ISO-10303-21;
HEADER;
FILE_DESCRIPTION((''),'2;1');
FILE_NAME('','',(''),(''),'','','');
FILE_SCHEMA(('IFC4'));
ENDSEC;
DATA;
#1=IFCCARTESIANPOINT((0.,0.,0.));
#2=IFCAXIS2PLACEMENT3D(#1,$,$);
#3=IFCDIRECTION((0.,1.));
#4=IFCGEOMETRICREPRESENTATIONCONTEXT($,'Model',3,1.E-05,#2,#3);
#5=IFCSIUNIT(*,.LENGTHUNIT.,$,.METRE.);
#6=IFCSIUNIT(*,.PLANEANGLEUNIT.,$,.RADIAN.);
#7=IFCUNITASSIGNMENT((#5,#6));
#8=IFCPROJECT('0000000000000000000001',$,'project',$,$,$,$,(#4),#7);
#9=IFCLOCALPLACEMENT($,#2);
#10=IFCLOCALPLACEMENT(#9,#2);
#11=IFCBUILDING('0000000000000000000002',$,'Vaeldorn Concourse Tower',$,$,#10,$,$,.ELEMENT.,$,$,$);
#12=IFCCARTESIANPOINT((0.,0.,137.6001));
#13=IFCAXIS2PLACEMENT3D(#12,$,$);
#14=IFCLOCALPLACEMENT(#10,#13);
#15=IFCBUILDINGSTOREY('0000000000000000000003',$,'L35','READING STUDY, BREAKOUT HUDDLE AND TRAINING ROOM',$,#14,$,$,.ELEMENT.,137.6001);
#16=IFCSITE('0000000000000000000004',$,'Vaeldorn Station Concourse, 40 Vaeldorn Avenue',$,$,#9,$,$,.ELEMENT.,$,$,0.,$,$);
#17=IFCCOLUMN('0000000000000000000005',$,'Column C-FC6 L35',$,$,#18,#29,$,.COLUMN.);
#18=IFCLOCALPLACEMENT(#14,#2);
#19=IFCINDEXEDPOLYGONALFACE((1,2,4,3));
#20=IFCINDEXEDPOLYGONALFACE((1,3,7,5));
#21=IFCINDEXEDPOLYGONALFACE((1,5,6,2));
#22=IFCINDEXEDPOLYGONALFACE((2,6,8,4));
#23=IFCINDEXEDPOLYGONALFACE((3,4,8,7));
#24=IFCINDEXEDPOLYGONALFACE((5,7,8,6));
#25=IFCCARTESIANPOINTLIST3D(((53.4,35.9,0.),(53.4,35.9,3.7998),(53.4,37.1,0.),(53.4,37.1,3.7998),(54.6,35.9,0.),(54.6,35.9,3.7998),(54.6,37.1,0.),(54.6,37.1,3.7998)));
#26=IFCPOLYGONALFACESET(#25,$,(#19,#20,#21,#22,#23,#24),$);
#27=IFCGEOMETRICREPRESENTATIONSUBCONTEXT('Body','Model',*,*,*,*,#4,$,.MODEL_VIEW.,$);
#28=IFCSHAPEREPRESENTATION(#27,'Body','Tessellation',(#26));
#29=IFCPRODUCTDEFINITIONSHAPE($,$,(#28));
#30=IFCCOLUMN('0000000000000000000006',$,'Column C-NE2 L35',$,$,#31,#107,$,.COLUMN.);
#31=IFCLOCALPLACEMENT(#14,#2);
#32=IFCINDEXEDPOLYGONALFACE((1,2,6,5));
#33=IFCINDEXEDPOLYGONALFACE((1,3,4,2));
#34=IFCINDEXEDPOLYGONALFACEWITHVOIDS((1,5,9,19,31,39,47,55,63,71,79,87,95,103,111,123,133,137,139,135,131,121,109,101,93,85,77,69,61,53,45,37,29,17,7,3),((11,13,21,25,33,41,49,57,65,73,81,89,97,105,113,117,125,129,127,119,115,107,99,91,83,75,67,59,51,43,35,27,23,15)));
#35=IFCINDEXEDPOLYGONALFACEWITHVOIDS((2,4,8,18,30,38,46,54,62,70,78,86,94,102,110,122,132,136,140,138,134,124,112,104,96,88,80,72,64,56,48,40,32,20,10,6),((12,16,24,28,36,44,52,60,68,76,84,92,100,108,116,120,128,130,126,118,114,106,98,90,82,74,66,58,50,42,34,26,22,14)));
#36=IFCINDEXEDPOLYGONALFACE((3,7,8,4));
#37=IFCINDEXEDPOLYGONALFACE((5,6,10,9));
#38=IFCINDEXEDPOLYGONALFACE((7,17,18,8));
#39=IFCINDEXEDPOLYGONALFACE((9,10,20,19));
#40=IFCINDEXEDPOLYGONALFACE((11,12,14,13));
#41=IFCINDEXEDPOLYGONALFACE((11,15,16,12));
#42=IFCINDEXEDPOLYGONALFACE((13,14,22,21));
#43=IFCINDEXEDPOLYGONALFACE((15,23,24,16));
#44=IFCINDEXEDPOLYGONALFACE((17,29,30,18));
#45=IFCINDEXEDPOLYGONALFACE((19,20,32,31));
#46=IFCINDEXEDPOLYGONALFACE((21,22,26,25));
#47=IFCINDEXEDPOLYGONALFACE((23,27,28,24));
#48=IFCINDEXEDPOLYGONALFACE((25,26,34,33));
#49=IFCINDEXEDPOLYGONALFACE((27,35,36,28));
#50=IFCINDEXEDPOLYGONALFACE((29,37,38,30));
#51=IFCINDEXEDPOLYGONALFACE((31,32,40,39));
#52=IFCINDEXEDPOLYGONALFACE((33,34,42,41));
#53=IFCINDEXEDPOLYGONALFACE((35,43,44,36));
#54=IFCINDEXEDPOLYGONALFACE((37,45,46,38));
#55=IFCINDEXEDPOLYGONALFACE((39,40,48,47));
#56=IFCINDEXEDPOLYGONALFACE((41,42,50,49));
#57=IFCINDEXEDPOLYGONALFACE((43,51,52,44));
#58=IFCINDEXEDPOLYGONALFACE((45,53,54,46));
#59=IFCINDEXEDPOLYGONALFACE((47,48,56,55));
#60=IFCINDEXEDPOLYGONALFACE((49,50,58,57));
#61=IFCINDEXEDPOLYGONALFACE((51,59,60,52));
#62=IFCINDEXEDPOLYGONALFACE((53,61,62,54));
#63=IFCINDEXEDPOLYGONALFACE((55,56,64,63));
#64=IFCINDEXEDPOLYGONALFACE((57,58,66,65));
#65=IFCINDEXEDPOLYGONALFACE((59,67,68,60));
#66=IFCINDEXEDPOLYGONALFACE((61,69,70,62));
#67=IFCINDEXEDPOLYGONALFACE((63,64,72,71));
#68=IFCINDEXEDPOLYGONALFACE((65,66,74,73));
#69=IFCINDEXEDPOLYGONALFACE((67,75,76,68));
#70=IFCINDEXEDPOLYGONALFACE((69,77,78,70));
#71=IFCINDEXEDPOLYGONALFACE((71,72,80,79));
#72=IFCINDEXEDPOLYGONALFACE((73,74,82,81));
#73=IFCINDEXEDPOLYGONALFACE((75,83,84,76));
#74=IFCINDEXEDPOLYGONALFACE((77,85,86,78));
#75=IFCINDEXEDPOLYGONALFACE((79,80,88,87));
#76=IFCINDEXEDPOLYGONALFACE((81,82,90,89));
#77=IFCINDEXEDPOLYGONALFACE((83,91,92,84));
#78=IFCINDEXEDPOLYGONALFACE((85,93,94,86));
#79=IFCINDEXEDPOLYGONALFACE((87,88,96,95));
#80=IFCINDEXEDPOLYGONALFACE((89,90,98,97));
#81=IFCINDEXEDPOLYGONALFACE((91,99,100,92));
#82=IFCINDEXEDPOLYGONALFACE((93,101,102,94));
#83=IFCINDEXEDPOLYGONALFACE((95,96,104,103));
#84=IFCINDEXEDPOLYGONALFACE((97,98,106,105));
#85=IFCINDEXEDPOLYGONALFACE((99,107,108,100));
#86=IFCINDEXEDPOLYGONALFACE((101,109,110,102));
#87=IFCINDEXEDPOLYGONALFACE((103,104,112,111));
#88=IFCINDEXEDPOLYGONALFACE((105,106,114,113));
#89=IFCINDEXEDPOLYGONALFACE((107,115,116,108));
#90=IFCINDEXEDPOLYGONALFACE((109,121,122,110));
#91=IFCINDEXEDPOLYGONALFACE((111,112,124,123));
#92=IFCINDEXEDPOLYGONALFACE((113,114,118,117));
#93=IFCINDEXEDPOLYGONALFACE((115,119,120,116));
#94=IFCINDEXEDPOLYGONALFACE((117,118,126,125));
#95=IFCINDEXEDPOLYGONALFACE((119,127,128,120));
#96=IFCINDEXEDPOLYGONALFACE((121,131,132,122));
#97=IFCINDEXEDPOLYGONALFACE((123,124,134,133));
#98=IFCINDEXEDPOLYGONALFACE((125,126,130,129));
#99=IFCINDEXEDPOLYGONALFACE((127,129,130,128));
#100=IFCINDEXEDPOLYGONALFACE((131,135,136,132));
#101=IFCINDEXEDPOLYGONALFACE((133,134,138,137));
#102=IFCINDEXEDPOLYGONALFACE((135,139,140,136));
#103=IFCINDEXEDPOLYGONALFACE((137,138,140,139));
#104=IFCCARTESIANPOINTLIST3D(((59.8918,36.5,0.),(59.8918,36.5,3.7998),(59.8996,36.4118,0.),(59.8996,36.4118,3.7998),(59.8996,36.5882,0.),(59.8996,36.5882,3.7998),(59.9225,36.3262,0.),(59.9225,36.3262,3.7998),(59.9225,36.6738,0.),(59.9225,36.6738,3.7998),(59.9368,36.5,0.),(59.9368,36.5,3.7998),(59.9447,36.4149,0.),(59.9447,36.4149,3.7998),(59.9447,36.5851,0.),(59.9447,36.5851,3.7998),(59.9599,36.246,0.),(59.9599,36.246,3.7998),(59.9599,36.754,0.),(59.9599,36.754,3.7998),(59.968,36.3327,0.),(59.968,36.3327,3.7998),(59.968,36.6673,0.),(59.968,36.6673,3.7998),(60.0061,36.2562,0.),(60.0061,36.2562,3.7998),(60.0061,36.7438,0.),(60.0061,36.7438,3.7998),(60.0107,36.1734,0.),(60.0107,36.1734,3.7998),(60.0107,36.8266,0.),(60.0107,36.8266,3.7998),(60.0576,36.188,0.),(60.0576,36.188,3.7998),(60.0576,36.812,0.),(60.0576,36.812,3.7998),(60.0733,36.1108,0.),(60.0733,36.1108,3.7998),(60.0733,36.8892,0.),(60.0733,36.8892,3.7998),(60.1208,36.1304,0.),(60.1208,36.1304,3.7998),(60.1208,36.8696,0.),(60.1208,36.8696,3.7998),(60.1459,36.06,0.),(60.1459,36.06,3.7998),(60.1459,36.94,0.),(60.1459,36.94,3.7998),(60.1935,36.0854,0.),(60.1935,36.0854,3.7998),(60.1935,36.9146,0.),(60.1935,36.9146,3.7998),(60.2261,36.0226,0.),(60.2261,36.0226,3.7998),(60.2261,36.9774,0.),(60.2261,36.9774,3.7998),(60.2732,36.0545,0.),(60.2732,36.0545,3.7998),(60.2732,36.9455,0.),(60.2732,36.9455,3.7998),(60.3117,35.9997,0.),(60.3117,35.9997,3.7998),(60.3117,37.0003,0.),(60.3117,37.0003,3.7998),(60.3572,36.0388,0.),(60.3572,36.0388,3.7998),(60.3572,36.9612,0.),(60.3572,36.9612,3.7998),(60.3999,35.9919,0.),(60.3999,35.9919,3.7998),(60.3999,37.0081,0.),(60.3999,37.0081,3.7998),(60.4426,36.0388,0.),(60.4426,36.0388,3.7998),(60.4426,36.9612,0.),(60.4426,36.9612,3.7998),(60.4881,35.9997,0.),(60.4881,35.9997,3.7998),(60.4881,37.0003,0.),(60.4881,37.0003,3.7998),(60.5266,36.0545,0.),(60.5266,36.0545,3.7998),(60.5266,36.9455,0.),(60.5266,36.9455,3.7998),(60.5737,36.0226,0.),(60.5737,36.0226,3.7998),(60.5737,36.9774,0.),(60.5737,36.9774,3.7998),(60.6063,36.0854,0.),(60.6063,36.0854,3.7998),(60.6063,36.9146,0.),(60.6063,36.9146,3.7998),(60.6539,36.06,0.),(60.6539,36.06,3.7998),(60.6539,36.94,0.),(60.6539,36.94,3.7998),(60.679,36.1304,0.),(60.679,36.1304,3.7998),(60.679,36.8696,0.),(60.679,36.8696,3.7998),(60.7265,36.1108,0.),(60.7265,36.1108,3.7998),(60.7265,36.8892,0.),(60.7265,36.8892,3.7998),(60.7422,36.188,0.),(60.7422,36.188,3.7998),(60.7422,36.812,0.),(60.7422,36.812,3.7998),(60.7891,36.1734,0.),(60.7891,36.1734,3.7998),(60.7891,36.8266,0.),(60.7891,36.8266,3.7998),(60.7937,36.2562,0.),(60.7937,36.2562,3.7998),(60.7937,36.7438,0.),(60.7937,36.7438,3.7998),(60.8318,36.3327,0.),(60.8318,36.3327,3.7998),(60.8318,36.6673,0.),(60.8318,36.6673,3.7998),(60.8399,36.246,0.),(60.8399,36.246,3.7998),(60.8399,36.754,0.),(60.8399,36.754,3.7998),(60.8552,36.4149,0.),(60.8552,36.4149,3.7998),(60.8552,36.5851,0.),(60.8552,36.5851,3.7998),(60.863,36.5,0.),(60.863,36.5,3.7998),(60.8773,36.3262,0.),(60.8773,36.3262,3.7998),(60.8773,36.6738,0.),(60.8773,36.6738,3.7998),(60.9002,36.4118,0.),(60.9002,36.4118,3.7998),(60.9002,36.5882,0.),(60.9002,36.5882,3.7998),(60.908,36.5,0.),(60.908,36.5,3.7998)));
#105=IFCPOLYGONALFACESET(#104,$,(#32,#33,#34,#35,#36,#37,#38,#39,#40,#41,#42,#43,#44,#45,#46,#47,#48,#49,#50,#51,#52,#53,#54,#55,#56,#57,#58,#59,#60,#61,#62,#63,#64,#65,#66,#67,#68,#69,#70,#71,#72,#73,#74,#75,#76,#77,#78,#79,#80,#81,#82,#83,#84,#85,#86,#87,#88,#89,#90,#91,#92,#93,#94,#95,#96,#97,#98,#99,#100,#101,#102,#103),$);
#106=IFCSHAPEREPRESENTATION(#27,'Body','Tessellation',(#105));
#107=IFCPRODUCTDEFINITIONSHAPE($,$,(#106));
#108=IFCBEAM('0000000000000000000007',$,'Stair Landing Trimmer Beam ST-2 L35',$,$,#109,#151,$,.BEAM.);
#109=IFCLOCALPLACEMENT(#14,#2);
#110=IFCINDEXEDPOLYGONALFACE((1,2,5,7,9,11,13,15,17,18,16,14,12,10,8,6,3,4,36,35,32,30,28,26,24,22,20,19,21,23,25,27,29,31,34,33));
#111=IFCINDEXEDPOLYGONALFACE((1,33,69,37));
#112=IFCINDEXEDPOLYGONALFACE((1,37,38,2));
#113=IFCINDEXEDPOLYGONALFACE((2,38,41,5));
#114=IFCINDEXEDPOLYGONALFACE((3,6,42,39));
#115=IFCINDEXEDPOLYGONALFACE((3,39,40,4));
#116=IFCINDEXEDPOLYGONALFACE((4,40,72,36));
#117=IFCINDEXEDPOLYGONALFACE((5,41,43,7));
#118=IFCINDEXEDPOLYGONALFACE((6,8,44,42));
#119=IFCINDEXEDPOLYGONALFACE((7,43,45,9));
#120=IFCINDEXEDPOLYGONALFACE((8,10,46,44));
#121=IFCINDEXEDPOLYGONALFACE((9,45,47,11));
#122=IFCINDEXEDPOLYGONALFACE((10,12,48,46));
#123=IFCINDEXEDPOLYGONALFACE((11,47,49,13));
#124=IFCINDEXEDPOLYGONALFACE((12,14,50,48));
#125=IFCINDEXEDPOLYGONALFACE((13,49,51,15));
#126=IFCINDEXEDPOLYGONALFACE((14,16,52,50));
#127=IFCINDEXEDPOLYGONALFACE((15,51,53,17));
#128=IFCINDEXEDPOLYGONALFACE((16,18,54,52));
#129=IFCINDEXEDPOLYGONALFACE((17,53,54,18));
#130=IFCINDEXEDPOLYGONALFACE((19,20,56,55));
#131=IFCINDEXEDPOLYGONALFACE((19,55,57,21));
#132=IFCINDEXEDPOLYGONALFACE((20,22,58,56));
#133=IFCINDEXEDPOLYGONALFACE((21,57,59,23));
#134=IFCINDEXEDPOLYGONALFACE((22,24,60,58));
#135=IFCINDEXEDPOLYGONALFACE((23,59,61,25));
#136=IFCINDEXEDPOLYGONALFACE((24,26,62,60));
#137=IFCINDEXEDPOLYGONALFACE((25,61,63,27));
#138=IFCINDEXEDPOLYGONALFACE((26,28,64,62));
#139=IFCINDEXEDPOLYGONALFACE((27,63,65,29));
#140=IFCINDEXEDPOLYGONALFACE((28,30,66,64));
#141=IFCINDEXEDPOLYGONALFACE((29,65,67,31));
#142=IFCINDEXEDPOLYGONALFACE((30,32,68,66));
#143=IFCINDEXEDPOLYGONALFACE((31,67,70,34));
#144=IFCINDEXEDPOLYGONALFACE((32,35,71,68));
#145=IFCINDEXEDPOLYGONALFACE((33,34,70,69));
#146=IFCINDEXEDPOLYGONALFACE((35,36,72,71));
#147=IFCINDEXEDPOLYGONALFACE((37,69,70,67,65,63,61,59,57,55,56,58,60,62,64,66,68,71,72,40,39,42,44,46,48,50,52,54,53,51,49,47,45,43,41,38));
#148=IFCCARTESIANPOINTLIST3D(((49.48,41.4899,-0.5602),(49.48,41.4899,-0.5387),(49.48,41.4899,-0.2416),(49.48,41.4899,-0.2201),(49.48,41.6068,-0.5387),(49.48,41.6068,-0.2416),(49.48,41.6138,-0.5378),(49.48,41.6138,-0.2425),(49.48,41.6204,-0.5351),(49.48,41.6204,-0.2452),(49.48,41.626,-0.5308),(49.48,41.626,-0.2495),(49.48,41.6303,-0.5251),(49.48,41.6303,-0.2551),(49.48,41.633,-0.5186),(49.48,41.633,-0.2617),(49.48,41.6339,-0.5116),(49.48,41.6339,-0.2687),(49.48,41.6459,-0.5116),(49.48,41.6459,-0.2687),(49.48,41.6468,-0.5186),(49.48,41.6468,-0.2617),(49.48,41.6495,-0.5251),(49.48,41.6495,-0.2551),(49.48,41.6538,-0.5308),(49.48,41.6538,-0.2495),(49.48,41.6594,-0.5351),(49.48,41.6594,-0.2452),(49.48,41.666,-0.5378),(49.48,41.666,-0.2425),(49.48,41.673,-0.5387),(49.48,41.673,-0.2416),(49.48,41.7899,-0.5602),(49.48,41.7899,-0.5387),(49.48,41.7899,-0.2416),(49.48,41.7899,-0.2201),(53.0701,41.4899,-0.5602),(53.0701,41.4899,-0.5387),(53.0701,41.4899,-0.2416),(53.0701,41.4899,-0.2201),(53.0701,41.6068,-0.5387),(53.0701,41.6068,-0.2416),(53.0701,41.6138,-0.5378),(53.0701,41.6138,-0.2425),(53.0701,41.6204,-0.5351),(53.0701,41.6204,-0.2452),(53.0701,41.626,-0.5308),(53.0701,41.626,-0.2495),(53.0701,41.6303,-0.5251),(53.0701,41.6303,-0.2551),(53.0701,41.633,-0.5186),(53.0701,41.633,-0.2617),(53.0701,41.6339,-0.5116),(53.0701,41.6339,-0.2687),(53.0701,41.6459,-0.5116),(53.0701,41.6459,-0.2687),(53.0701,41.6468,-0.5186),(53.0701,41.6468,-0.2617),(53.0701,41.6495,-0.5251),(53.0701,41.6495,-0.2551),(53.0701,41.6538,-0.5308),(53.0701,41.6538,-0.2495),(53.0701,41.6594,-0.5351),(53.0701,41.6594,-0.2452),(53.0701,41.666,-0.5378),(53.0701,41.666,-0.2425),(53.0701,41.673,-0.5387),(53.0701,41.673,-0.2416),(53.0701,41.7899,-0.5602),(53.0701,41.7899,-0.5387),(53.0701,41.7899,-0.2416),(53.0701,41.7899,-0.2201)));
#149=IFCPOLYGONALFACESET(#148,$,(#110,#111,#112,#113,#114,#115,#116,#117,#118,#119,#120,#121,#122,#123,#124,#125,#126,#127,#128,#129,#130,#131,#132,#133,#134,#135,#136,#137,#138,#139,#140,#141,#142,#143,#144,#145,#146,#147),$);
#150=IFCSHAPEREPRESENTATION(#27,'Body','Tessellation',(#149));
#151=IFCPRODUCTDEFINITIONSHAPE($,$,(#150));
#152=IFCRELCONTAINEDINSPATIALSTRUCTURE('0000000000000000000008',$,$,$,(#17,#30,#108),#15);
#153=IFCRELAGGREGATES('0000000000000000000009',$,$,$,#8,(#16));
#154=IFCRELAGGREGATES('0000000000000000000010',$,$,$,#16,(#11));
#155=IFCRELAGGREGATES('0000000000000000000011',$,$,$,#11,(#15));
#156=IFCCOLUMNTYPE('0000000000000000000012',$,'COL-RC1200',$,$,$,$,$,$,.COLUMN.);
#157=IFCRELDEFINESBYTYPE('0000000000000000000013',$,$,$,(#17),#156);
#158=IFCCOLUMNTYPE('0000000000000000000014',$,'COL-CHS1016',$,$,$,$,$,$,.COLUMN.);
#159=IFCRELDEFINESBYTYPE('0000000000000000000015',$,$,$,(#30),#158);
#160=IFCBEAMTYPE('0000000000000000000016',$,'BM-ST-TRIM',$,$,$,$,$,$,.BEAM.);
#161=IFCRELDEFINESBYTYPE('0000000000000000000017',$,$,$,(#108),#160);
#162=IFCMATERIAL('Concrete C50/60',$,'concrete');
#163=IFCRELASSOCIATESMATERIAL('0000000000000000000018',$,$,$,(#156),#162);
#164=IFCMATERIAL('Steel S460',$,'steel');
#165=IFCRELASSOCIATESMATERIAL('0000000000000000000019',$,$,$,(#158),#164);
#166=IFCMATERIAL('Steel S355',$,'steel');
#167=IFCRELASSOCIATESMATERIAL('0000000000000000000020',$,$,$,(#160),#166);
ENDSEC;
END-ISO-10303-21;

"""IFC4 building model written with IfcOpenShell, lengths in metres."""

from ifc_helpers import new_model, si_unit, direction, frame, origin, origin_2d, place, context, subcontext, project, spatial, rectangle, hollow_circle, i_section, extrude, source, transform, mapped, material, material_profile, profile_set, type_object, element, save


model = new_model("IFC4")

# Units and contexts
model_context = context("Model", 3, precision=1e-05, world=origin(), true_north=direction((0.0, 1.0)))
body_context = subcontext(model_context, "Body", "Model", "MODEL_VIEW")
ifc_project = project(units=[si_unit("LENGTHUNIT", "METRE"), si_unit("PLANEANGLEUNIT", "RADIAN")], contexts=[model_context])

# Site, building, storey
site_placement = place(None, origin())
site = spatial("IfcSite", under=ifc_project, at=site_placement, Name="Vaeldorn Station Concourse, 40 Vaeldorn Avenue", CompositionType="ELEMENT", RefElevation=0.0)
building_placement = place(site_placement, origin())
building = spatial("IfcBuilding", under=site, at=building_placement, Name="Vaeldorn Concourse Tower", CompositionType="ELEMENT")
storey_placement = place(building_placement, frame((0.0, 0.0, 137.6001)))
storey = spatial("IfcBuildingStorey", under=building, at=storey_placement, Name="L35", Description="READING STUDY, BREAKOUT HUDDLE AND TRAINING ROOM", CompositionType="ELEMENT", Elevation=137.6001)

# Columns
ifc_material_1 = material(Name="Concrete C50/60", Category="concrete")
ifc_material_profile_1 = material_profile(ifc_material_1, rectangle(XDim=1.2, YDim=1.2, at=origin_2d()), Name="RC 1200x1200")
ifc_profile_set_1 = profile_set([ifc_material_profile_1], Name="Concrete C50/60")
column_type_1 = type_object("IfcColumnType", Name="COL-RC1200", PredefinedType="COLUMN", material=ifc_profile_set_1)
shared_shape_1 = source(origin(), body_context, "Body", "SweptSolid", [
    extrude(rectangle(XDim=1.2, YDim=1.2, at=origin_2d()), origin(), (0.0, 0.0, 1.0), 3.7998),
])
column_1_placement = place(storey_placement, frame((54.0, 36.5, 0.0), z_axis=(0.0, 0.0, 1.0), x_axis=(1.0, 0.0, 0.0)))
element("IfcColumn", 1, at=column_1_placement, inside=storey, type_object=column_type_1, Name="Column C-FC6 L35", PredefinedType="COLUMN", context=body_context, shape_type="MappedRepresentation", body=[
    mapped(shared_shape_1, transform((0.0, 0.0, 0.0), scale=1.0)),
])
ifc_material_2 = material(Name="Steel S460", Category="steel")
ifc_material_profile_2 = material_profile(ifc_material_2, hollow_circle(Radius=0.5081, WallThickness=0.0449, at=origin_2d()), Name="CHS 1016x45")
ifc_profile_set_2 = profile_set([ifc_material_profile_2], Name="Steel S460")
column_type_2 = type_object("IfcColumnType", Name="COL-CHS1016", PredefinedType="COLUMN", material=ifc_profile_set_2)
shared_shape_2 = source(origin(), body_context, "Body", "SweptSolid", [
    extrude(hollow_circle(Radius=0.5081, WallThickness=0.0449, at=origin_2d()), origin(), (0.0, 0.0, 1.0), 3.7998),
])
column_2_placement = place(storey_placement, frame((60.3999, 36.5, 0.0), z_axis=(0.0, 0.0, 1.0), x_axis=(1.0, 0.0, 0.0)))
element("IfcColumn", 2, at=column_2_placement, inside=storey, type_object=column_type_2, Name="Column C-NE2 L35", PredefinedType="COLUMN", context=body_context, shape_type="MappedRepresentation", body=[
    mapped(shared_shape_2, transform((0.0, 0.0, 0.0), scale=1.0)),
])

# Beam
ifc_material_3 = material(Name="Steel S355", Category="steel")
ifc_material_profile_3 = material_profile(ifc_material_3, i_section(OverallWidth=0.3, OverallDepth=0.3401, WebThickness=0.012, FlangeThickness=0.0215, FilletRadius=0.0271, at=origin_2d()), Name="HEB 340")
ifc_profile_set_3 = profile_set([ifc_material_profile_3], Name="Steel S355")
beam_type_1 = type_object("IfcBeamType", Name="BM-ST-TRIM", PredefinedType="BEAM", material=ifc_profile_set_3)
shared_shape_3 = source(origin(), body_context, "Body", "SweptSolid", [
    extrude(i_section(OverallWidth=0.3, OverallDepth=0.3401, WebThickness=0.012, FlangeThickness=0.0215, FilletRadius=0.0271, at=origin_2d()), origin(), (0.0, 0.0, 1.0), 3.5901),
])
beam_1_placement = place(storey_placement, frame((49.48, 41.6399, -0.3901), z_axis=(1.0, 0.0, 0.0), x_axis=(0.0, 1.0, 0.0)))
element("IfcBeam", 3, at=beam_1_placement, inside=storey, type_object=beam_type_1, Name="Stair Landing Trimmer Beam ST-2 L35", PredefinedType="BEAM", context=body_context, shape_type="MappedRepresentation", body=[
    mapped(shared_shape_3, transform((0.0, 0.0, 0.0), scale=1.0)),
])

save(model, "model.ifc")
